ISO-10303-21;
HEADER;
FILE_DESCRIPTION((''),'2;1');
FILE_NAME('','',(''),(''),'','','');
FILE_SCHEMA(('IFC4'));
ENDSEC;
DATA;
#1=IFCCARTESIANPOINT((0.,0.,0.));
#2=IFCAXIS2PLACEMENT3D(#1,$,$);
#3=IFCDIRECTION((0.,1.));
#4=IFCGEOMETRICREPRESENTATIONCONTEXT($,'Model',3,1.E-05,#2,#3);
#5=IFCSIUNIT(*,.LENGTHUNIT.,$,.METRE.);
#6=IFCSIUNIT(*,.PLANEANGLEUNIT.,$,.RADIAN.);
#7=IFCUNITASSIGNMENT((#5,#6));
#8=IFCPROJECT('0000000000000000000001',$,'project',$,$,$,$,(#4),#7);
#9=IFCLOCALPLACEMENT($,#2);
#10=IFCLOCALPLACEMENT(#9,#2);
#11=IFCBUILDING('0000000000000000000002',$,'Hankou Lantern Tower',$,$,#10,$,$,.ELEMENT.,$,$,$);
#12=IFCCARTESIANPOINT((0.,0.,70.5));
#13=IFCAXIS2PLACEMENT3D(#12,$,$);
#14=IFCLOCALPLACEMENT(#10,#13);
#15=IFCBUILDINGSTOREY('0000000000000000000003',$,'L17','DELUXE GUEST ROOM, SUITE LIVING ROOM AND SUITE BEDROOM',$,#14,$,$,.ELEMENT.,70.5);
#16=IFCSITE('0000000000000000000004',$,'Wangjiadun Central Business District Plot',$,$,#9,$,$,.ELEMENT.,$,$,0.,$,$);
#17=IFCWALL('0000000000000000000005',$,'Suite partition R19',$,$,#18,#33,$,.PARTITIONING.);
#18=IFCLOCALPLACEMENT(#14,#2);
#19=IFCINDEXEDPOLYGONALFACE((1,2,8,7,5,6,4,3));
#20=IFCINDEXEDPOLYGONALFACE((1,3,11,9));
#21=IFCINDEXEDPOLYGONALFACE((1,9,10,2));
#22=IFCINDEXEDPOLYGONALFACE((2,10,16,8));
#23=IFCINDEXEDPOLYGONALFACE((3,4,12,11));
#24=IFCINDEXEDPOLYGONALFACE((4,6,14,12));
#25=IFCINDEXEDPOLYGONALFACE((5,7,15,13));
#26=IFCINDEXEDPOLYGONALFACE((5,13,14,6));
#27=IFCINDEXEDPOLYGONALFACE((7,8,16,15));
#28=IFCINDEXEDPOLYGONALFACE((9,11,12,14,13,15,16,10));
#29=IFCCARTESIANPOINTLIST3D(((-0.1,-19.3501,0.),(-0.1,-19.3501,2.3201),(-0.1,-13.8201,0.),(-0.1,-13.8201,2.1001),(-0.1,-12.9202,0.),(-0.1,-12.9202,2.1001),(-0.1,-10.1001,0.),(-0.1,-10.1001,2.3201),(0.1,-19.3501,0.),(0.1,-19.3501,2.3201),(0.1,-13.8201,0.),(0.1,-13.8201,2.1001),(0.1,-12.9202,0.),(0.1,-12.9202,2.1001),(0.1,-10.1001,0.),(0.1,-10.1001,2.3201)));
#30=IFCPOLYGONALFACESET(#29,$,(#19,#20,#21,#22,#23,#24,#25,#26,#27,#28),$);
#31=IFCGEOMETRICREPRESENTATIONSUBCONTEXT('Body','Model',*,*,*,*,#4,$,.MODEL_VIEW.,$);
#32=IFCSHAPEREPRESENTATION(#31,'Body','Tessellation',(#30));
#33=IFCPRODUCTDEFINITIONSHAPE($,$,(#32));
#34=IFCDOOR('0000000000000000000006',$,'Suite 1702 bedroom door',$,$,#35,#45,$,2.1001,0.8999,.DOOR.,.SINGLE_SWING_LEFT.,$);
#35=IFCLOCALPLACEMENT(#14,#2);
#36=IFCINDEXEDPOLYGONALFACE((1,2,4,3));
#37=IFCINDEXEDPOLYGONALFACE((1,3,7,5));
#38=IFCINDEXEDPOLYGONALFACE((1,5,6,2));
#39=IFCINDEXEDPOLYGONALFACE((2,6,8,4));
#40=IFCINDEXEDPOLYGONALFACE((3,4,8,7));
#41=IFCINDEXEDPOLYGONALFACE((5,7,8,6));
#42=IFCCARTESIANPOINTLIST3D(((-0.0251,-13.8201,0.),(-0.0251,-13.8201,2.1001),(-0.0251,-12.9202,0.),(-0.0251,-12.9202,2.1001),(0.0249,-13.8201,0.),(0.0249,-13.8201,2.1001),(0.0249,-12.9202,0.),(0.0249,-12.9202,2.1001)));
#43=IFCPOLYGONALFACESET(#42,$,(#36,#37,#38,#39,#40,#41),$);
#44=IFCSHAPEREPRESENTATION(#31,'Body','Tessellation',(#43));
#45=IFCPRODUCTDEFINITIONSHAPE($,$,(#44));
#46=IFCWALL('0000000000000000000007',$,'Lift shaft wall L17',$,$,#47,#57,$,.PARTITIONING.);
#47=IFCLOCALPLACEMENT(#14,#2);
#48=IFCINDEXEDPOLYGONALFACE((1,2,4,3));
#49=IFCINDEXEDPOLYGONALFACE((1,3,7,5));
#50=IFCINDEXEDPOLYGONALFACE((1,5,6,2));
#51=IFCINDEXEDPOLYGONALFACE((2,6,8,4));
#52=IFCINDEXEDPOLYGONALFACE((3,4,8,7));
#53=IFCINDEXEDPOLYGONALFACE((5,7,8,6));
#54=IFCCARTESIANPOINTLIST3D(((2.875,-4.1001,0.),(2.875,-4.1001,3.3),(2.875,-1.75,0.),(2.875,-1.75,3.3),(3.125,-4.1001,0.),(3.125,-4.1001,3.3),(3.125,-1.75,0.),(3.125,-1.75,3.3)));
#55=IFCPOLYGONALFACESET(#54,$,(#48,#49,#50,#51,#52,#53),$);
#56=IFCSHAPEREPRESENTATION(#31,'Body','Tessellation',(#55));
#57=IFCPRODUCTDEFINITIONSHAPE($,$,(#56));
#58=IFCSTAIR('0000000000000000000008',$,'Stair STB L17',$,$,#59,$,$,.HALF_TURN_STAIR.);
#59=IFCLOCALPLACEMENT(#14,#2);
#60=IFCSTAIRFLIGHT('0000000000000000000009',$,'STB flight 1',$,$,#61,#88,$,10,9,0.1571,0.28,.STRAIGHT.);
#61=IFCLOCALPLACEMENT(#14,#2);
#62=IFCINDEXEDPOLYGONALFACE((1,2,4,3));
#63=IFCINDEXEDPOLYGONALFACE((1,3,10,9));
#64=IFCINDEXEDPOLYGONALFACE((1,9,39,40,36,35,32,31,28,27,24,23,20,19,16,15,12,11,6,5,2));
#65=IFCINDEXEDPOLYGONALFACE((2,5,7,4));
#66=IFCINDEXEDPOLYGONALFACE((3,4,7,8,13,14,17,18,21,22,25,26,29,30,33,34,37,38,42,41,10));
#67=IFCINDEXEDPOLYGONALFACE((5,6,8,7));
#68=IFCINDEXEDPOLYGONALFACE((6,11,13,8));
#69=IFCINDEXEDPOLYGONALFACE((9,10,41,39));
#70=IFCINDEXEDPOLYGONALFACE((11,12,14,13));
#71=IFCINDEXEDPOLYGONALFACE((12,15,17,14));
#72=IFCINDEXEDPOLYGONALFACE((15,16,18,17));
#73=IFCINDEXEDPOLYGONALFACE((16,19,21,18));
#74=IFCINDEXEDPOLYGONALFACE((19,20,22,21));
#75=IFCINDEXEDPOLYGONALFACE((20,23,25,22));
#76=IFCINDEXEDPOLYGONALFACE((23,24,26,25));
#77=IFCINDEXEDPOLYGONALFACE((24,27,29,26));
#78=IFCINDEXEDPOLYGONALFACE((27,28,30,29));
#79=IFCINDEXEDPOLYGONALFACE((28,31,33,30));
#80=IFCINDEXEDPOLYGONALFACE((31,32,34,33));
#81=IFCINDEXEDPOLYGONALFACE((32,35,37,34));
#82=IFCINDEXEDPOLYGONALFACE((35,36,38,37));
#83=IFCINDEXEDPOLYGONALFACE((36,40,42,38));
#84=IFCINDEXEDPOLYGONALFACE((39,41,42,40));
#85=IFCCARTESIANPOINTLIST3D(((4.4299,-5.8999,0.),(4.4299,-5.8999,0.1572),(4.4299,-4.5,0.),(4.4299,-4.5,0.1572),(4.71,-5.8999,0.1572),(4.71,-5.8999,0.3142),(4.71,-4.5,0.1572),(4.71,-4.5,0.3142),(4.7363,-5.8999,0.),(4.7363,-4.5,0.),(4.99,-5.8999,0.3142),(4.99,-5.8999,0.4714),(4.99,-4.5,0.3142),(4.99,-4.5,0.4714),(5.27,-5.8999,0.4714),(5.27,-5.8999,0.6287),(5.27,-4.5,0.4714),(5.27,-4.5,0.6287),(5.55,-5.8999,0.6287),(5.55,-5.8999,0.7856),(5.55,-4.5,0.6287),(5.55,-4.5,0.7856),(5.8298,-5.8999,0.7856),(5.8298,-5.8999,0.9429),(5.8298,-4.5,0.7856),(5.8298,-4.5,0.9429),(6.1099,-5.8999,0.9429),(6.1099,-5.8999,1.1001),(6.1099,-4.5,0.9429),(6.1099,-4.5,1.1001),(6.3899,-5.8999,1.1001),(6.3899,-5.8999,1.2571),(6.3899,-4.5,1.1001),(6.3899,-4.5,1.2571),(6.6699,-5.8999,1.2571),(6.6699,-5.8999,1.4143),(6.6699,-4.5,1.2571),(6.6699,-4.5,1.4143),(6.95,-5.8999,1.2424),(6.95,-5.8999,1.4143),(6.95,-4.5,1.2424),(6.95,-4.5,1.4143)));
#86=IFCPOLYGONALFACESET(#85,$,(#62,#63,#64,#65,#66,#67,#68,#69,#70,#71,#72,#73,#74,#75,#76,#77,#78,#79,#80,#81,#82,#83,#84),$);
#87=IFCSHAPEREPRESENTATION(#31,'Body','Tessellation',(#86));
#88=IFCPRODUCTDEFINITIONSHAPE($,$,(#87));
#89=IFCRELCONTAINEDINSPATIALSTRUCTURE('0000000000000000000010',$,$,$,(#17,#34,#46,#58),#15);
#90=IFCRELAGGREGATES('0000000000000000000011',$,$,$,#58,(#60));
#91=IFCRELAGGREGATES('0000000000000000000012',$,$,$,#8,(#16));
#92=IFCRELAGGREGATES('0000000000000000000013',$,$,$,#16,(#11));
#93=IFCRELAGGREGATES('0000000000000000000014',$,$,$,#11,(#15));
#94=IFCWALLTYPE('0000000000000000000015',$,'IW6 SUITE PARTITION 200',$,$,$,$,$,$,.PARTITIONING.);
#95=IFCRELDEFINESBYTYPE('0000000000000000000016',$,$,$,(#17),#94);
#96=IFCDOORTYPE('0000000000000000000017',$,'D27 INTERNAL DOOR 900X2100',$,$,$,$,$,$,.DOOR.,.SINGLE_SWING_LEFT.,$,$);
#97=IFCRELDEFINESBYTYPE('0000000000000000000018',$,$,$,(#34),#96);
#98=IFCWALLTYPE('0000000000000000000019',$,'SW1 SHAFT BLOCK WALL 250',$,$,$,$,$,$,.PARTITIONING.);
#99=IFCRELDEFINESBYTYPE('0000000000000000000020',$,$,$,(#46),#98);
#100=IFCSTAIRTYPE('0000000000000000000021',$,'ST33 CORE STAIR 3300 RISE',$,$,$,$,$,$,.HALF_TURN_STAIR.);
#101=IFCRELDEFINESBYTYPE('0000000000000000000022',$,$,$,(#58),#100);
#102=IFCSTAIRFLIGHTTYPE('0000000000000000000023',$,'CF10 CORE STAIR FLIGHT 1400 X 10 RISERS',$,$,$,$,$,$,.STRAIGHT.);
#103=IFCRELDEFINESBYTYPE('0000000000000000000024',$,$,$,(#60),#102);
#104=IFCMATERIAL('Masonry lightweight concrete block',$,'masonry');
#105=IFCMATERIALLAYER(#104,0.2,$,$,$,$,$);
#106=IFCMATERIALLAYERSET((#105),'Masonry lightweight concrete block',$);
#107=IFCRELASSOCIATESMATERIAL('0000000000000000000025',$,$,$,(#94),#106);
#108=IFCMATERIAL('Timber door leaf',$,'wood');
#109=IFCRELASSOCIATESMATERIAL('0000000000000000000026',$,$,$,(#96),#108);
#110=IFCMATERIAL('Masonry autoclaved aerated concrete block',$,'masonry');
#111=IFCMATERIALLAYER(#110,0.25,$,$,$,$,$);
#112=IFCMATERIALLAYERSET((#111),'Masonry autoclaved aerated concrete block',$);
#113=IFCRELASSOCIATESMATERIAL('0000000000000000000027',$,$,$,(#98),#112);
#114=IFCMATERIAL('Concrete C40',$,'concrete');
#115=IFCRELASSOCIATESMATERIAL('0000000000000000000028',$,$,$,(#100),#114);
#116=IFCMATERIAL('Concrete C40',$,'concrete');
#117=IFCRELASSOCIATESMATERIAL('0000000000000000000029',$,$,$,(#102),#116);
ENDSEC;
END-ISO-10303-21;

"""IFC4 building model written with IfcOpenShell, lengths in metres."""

from ifc_helpers import new_model, si_unit, direction, frame, frame_2d, origin, place, context, subcontext, project, spatial, polyline, rectangle, outline, extrude, material, layer, layer_set, type_object, element, fill, aggregate, save


model = new_model("IFC4")

# Units and contexts
model_context = context("Model", 3, precision=1e-05, world=origin(), true_north=direction((0.0, 1.0)))
body_context = subcontext(model_context, "Body", "Model", "MODEL_VIEW")
ifc_project = project(units=[si_unit("LENGTHUNIT", "METRE"), si_unit("PLANEANGLEUNIT", "RADIAN")], contexts=[model_context])

# Site, building, storey
site_placement = place(None, origin())
site = spatial("IfcSite", under=ifc_project, at=site_placement, Name="Wangjiadun Central Business District Plot", CompositionType="ELEMENT", RefElevation=0.0)
building_placement = place(site_placement, origin())
building = spatial("IfcBuilding", under=site, at=building_placement, Name="Hankou Lantern Tower", CompositionType="ELEMENT")
storey_placement = place(building_placement, frame((0.0, 0.0, 70.5)))
storey = spatial("IfcBuildingStorey", under=building, at=storey_placement, Name="L17", Description="DELUXE GUEST ROOM, SUITE LIVING ROOM AND SUITE BEDROOM", CompositionType="ELEMENT", Elevation=70.5)

# Wall, opening, door
ifc_material_1 = material(Name="Masonry lightweight concrete block", Category="masonry")
ifc_layer_1 = layer(ifc_material_1, 0.2)
ifc_layer_set_1 = layer_set([ifc_layer_1], Name="Masonry lightweight concrete block")
wall_type_1 = type_object("IfcWallType", Name="IW6 SUITE PARTITION 200", PredefinedType="PARTITIONING", material=ifc_layer_set_1)
wall_1_placement = place(storey_placement, frame((0.0, -10.1001, 0.0), z_axis=(0.0, 0.0, 1.0), x_axis=(0.0, -1.0, 0.0)))
wall_1 = element("IfcWall", 1, at=wall_1_placement, inside=storey, type_object=wall_type_1, Name="Suite partition R19", PredefinedType="PARTITIONING", context=body_context, shape_type="SweptSolid", body=[
    extrude(rectangle(XDim=9.25, YDim=0.2, at=frame_2d((4.625, 0.0))), origin(), (0.0, 0.0, 1.0), 2.3201),
])
opening_1_placement = place(wall_1_placement, frame((2.8201, 0.0, 0.0)))
opening_1 = element("IfcOpeningElement", 2, at=opening_1_placement, cuts=wall_1, PredefinedType="OPENING", context=body_context, shape_type="SweptSolid", body=[
    extrude(rectangle(XDim=0.8999, YDim=2.1001, at=frame_2d((0.45, 1.05))), frame((0.0, 0.1099, 0.0), z_axis=(0.0, -1.0, 0.0), x_axis=(1.0, 0.0, 0.0)), (0.0, 0.0, 1.0), 0.22),
])
ifc_material_2 = material(Name="Timber door leaf", Category="wood")
door_type_1 = type_object("IfcDoorType", Name="D27 INTERNAL DOOR 900X2100", OperationType="SINGLE_SWING_LEFT", PredefinedType="DOOR", material=ifc_material_2)
door_1_placement = place(opening_1_placement, origin())
door_1 = element("IfcDoor", 3, at=door_1_placement, inside=storey, type_object=door_type_1, Name="Suite 1702 bedroom door", OperationType="SINGLE_SWING_LEFT", OverallHeight=2.1001, OverallWidth=0.8999, PredefinedType="DOOR", context=body_context, shape_type="SweptSolid", body=[
    extrude(rectangle(XDim=0.8999, YDim=2.1001, at=frame_2d((0.45, 1.05))), frame((0.0, 0.0249, 0.0), z_axis=(0.0, -1.0, 0.0), x_axis=(1.0, 0.0, 0.0)), (0.0, 0.0, 1.0), 0.05),
])
fill(opening_1, door_1)

# Wall
ifc_material_3 = material(Name="Masonry autoclaved aerated concrete block", Category="masonry")
ifc_layer_2 = layer(ifc_material_3, 0.25)
ifc_layer_set_2 = layer_set([ifc_layer_2], Name="Masonry autoclaved aerated concrete block")
wall_type_2 = type_object("IfcWallType", Name="SW1 SHAFT BLOCK WALL 250", PredefinedType="PARTITIONING", material=ifc_layer_set_2)
wall_2_placement = place(storey_placement, frame((3.0, -4.1001, 0.0), z_axis=(0.0, 0.0, 1.0), x_axis=(0.0, 1.0, 0.0)))
element("IfcWall", 4, at=wall_2_placement, inside=storey, type_object=wall_type_2, Name="Lift shaft wall L17", PredefinedType="PARTITIONING", context=body_context, shape_type="SweptSolid", body=[
    extrude(rectangle(XDim=2.3501, YDim=0.25, at=frame_2d((1.175, 0.0))), origin(), (0.0, 0.0, 1.0), 3.3),
])

# Stair, stair flight
ifc_material_4 = material(Name="Concrete C40", Category="concrete")
stair_type = type_object("IfcStairType", Name="ST33 CORE STAIR 3300 RISE", PredefinedType="HALF_TURN_STAIR", material=ifc_material_4)
stair_placement = place(storey_placement, origin())
stair = element("IfcStair", 5, at=stair_placement, inside=storey, type_object=stair_type, Name="Stair STB L17", PredefinedType="HALF_TURN_STAIR")
ifc_material_5 = material(Name="Concrete C40", Category="concrete")
stair_flight_type = type_object("IfcStairFlightType", Name="CF10 CORE STAIR FLIGHT 1400 X 10 RISERS", PredefinedType="STRAIGHT", material=ifc_material_5)
stair_flight_placement = place(storey_placement, frame((4.4299, -5.2, 0.0), z_axis=(0.0, 0.0, 1.0), x_axis=(1.0, 0.0, 0.0)))
stair_flight = element("IfcStairFlight", 6, at=stair_flight_placement, type_object=stair_flight_type, Name="STB flight 1", NumberOfRisers=10, NumberOfTreads=9, PredefinedType="STRAIGHT", RiserHeight=0.1571, TreadLength=0.28, context=body_context, shape_type="SweptSolid", body=[
    extrude(outline(polyline([(0.0, 0.0), (0.0, 0.1572), (0.28, 0.1572), (0.28, 0.3142), (0.5601, 0.3142), (0.5601, 0.4714), (0.8401, 0.4714), (0.8401, 0.6287), (1.1201, 0.6287), (1.1201, 0.7856), (1.3999, 0.7856), (1.3999, 0.9429), (1.6799, 0.9429), (1.6799, 1.1001), (1.96, 1.1001), (1.96, 1.2571), (2.24, 1.2571), (2.24, 1.4143), (2.52, 1.4143), (2.52, 1.5715), (2.52, 1.2424), (0.3064, 0.0), (0.0, 0.0)])), frame((0.0, 0.7, 0.0), z_axis=(0.0, -1.0, 0.0), x_axis=(1.0, 0.0, 0.0)), (0.0, 0.0, 1.0), 1.3999),
])
aggregate(stair, [stair_flight])

save(model, "model.ifc")
